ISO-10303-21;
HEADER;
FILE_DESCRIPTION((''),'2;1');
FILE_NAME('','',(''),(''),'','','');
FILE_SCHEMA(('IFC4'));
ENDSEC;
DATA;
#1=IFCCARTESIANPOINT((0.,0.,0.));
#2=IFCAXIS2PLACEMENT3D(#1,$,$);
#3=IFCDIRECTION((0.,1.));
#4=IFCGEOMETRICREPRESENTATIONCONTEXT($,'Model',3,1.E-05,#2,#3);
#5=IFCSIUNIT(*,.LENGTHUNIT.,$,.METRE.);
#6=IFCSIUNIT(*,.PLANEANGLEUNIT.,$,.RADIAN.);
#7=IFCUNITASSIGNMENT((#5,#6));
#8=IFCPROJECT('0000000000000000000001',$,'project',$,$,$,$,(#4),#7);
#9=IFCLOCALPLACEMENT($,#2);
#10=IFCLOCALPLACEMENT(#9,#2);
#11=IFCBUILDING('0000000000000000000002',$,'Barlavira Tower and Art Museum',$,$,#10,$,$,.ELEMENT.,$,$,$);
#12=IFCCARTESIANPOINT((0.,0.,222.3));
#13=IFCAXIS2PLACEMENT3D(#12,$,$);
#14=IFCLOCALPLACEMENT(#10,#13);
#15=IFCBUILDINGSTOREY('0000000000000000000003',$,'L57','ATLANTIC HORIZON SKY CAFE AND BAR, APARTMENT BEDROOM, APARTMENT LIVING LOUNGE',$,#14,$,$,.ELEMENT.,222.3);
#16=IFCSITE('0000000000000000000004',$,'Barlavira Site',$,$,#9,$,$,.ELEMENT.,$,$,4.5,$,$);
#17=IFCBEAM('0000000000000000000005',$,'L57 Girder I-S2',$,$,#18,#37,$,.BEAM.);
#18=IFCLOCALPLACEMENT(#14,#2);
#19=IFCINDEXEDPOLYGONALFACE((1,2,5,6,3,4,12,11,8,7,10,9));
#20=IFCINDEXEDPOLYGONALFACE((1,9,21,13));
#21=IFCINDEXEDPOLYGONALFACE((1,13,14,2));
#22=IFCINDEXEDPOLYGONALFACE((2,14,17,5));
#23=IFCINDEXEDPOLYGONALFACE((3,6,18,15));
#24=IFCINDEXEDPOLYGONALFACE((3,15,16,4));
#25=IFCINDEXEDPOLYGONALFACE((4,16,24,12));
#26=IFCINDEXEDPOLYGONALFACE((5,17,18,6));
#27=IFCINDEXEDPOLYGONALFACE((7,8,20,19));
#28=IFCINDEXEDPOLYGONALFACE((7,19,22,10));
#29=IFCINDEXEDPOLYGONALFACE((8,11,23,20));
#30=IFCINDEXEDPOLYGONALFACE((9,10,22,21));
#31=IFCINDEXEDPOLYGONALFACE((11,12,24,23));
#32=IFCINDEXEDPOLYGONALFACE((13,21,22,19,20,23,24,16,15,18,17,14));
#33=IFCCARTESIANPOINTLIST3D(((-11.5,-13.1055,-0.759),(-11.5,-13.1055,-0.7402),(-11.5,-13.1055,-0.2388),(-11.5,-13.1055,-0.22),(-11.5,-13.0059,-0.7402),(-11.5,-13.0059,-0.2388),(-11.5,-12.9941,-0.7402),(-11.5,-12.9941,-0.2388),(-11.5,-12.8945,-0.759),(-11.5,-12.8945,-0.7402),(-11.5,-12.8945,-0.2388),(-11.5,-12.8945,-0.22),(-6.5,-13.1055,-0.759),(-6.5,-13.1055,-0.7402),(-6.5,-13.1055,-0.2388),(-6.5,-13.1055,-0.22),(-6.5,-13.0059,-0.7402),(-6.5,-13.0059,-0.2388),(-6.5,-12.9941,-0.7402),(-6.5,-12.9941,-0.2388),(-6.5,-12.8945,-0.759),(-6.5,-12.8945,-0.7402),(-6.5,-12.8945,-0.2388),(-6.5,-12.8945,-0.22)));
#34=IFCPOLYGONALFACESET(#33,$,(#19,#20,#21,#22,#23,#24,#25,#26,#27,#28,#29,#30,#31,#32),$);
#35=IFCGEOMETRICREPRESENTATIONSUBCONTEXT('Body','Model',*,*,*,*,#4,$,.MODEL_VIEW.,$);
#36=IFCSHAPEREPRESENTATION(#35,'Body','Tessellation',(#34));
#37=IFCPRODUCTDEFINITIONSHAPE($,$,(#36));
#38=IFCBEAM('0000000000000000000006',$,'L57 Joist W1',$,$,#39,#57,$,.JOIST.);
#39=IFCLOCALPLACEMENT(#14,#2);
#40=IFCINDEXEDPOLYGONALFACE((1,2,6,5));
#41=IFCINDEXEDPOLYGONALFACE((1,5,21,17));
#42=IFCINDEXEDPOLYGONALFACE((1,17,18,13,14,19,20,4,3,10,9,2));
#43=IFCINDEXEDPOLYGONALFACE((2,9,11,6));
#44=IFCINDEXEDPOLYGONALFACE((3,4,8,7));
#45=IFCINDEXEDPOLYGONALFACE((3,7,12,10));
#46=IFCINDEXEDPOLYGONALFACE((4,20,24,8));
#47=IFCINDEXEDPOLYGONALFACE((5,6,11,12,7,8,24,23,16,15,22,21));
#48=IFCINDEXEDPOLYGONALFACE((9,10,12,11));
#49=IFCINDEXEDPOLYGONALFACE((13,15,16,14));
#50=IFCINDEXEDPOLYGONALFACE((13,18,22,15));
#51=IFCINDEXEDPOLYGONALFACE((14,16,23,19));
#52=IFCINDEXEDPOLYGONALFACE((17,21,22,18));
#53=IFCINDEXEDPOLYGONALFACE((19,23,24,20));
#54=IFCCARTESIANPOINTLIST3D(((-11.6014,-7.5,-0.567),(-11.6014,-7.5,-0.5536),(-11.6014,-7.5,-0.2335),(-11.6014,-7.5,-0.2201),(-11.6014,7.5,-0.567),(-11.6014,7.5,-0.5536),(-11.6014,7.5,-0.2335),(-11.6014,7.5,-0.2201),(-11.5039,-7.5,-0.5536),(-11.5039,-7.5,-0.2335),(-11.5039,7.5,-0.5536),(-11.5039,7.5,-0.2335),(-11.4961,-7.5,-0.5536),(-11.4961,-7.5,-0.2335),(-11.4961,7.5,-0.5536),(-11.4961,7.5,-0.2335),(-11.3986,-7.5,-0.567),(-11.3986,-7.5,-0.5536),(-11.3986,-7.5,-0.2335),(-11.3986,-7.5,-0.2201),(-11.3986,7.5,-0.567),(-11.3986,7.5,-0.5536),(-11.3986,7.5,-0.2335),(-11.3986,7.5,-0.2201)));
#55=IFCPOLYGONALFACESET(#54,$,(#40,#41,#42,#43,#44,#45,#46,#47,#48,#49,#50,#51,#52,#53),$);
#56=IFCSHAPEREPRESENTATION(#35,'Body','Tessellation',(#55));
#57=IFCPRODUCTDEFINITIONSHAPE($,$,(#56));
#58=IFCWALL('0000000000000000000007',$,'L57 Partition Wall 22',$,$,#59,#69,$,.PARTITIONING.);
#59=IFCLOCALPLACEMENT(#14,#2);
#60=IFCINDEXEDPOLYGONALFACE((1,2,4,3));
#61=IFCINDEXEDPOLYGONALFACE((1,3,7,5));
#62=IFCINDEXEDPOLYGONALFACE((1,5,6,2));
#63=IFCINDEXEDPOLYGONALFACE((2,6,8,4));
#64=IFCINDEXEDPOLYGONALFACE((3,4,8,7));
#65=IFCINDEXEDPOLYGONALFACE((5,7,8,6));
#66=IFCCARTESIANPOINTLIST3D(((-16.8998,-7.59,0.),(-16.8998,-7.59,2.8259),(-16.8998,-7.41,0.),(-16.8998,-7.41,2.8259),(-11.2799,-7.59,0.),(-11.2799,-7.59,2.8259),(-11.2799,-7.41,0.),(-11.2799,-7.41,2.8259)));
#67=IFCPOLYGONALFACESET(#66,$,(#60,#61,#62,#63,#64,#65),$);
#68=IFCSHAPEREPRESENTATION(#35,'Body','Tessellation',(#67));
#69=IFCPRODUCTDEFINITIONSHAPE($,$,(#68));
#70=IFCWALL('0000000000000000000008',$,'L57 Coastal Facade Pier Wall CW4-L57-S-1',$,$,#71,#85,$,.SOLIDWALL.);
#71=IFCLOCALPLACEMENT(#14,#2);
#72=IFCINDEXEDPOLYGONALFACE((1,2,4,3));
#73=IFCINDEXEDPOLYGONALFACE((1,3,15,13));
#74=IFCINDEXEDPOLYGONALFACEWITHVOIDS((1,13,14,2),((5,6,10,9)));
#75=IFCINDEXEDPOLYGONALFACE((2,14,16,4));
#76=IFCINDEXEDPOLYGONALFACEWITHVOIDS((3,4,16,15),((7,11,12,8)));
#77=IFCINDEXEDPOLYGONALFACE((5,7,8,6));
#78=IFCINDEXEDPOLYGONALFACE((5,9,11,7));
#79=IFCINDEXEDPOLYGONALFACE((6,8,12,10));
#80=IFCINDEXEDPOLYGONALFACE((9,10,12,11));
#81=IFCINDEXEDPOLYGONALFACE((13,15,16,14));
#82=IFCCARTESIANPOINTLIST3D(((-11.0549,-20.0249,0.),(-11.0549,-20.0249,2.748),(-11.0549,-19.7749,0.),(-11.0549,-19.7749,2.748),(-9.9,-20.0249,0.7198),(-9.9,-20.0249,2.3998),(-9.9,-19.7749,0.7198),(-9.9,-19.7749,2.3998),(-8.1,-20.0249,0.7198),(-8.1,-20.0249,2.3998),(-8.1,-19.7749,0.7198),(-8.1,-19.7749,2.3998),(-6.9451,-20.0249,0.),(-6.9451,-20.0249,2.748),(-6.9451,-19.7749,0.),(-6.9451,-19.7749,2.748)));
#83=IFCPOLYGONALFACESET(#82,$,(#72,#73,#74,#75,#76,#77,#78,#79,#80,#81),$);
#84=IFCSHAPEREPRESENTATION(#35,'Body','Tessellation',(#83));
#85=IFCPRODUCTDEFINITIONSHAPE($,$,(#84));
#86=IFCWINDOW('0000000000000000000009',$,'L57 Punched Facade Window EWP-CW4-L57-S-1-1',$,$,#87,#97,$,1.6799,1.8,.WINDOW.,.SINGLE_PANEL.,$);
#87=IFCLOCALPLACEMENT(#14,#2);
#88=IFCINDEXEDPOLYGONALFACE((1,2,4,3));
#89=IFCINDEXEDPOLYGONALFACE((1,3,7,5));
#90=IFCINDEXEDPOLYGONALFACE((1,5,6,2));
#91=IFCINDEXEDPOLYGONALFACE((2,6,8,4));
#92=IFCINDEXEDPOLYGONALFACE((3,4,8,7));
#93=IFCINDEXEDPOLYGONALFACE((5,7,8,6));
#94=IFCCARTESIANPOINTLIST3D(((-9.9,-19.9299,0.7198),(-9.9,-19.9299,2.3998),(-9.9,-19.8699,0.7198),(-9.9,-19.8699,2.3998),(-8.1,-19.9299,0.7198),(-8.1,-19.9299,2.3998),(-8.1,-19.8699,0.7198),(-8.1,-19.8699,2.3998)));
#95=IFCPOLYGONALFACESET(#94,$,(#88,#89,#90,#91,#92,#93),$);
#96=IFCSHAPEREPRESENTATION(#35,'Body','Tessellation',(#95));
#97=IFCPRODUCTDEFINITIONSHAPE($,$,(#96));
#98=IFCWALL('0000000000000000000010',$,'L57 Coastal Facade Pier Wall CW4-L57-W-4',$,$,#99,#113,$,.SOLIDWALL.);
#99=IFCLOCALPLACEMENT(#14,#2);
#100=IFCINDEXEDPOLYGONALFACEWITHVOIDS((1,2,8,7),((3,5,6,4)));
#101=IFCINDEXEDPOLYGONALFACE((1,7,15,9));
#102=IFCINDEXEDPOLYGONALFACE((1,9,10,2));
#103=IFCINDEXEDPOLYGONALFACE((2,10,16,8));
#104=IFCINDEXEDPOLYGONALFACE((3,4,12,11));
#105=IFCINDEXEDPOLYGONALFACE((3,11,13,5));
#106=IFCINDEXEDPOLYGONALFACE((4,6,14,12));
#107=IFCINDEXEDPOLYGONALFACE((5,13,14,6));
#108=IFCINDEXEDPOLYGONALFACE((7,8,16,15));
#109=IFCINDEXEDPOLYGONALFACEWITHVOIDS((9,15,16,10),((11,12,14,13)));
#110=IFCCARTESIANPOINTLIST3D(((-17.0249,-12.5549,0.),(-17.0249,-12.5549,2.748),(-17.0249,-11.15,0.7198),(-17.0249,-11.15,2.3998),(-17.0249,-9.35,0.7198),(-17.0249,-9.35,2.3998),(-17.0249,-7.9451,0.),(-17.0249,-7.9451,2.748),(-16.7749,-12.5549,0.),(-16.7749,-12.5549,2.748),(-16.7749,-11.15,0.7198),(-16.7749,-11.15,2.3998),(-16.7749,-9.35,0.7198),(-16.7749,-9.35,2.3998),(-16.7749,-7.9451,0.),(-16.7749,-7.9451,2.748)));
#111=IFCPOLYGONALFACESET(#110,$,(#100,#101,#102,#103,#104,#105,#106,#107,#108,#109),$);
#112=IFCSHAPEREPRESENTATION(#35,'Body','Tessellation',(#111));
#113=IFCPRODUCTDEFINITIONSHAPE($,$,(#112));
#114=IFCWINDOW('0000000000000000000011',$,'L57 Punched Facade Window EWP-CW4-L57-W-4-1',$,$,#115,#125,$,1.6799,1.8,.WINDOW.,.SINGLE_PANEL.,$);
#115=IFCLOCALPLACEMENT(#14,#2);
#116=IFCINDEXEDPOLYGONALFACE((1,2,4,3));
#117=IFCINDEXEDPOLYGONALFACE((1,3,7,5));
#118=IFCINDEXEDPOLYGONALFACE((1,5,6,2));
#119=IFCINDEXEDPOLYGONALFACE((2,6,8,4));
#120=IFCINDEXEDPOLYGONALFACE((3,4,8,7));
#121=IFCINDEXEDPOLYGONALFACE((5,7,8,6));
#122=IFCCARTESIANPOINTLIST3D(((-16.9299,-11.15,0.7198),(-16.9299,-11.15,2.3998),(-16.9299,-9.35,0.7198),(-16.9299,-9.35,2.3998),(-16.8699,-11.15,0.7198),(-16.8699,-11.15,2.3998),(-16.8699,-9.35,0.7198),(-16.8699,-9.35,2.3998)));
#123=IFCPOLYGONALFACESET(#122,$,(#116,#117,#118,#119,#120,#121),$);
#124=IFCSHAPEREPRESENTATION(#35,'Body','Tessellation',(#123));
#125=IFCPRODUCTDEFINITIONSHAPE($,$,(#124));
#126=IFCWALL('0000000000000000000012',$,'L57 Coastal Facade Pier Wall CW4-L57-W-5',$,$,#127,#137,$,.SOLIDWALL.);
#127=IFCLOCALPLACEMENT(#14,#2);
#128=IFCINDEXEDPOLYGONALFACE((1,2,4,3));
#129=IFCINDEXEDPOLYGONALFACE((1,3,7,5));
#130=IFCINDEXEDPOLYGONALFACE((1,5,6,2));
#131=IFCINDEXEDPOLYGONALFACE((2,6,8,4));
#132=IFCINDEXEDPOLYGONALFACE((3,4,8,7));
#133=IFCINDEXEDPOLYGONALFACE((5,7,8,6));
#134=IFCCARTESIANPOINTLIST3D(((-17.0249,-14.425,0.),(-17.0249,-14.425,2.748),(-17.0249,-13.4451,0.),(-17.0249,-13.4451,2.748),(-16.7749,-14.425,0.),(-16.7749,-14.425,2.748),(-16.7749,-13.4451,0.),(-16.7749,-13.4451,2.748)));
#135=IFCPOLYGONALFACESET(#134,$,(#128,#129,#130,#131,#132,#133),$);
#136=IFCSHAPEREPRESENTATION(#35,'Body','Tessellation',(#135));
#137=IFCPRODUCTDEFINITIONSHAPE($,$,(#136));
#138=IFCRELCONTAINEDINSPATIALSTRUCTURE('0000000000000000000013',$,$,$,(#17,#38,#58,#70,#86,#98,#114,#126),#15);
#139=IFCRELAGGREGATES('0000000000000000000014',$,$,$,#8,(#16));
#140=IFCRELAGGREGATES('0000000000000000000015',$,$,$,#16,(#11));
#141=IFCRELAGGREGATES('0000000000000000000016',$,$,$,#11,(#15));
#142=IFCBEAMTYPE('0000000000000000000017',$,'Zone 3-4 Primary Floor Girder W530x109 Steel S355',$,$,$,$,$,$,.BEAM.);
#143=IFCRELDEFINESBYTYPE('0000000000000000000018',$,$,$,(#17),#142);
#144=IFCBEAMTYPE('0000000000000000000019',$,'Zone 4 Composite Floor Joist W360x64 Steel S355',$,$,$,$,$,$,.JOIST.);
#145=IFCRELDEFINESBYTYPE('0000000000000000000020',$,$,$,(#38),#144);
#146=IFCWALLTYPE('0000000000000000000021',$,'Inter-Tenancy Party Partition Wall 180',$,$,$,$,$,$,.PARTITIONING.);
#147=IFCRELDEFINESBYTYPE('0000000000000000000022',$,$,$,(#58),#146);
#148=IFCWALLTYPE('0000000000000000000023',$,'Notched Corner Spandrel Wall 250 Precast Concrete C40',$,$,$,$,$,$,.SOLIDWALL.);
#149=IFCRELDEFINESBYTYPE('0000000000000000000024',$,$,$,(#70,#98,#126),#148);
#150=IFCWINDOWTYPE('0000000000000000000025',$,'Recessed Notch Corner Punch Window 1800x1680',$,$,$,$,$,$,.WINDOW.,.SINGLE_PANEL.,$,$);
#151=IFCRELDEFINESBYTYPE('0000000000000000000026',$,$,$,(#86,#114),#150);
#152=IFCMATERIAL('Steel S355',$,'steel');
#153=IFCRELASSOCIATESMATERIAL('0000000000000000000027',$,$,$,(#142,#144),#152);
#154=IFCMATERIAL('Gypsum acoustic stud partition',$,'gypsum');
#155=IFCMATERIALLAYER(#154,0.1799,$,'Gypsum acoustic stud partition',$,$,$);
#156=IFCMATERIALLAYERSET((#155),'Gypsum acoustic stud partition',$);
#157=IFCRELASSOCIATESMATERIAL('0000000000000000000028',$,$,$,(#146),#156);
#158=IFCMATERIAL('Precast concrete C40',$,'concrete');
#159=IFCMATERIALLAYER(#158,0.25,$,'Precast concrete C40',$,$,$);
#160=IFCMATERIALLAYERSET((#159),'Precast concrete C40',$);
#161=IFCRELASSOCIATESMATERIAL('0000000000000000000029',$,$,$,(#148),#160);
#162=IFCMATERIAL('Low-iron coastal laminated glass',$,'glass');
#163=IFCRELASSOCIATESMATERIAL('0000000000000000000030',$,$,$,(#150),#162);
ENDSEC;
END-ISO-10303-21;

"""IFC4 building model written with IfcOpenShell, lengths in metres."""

from ifc_helpers import new_model, si_unit, direction, frame, frame_2d, origin, origin_2d, place, context, subcontext, project, spatial, rectangle, i_section, extrude, material, layer, layer_set, material_profile, profile_set, type_object, element, fill, save


model = new_model("IFC4")

# Units and contexts
model_context = context("Model", 3, precision=1e-05, world=origin(), true_north=direction((0.0, 1.0)))
body_context = subcontext(model_context, "Body", "Model", "MODEL_VIEW")
ifc_project = project(units=[si_unit("LENGTHUNIT", "METRE"), si_unit("PLANEANGLEUNIT", "RADIAN")], contexts=[model_context])

# Site, building, storey
site_placement = place(None, origin())
site = spatial("IfcSite", under=ifc_project, at=site_placement, Name="Barlavira Site", CompositionType="ELEMENT", RefElevation=4.5)
building_placement = place(site_placement, origin())
building = spatial("IfcBuilding", under=site, at=building_placement, Name="Barlavira Tower and Art Museum", CompositionType="ELEMENT")
storey_placement = place(building_placement, frame((0.0, 0.0, 222.3)))
storey = spatial("IfcBuildingStorey", under=building, at=storey_placement, Name="L57", Description="ATLANTIC HORIZON SKY CAFE AND BAR, APARTMENT BEDROOM, APARTMENT LIVING LOUNGE", CompositionType="ELEMENT", Elevation=222.3)

# Beams
ifc_material_1 = material(Name="Steel S355", Category="steel")
ifc_material_profile_1 = material_profile(ifc_material_1, i_section(OverallWidth=0.2109, OverallDepth=0.5391, WebThickness=0.0117, FlangeThickness=0.0188, at=origin_2d()), Name="W530x109.0")
ifc_profile_set_1 = profile_set([ifc_material_profile_1], Name="Steel S355")
beam_type_1 = type_object("IfcBeamType", Name="Zone 3-4 Primary Floor Girder W530x109 Steel S355", PredefinedType="BEAM", material=ifc_profile_set_1)
beam_1_placement = place(storey_placement, frame((-11.5, -13.0, -0.4895), z_axis=(1.0, 0.0, 0.0), x_axis=(0.0, 1.0, 0.0)))
element("IfcBeam", 1, at=beam_1_placement, inside=storey, type_object=beam_type_1, Name="L57 Girder I-S2", PredefinedType="BEAM", context=body_context, shape_type="SweptSolid", body=[
    extrude(i_section(OverallWidth=0.2109, OverallDepth=0.5391, WebThickness=0.0117, FlangeThickness=0.0188, at=origin_2d()), origin(), (0.0, 0.0, 1.0), 5.0),
])
ifc_material_profile_2 = material_profile(ifc_material_1, i_section(OverallWidth=0.2029, OverallDepth=0.3469, WebThickness=0.0078, FlangeThickness=0.0134, at=origin_2d()), Name="W360x64.0")
ifc_profile_set_2 = profile_set([ifc_material_profile_2], Name="Steel S355")
beam_type_2 = type_object("IfcBeamType", Name="Zone 4 Composite Floor Joist W360x64 Steel S355", PredefinedType="JOIST", material=ifc_profile_set_2)
beam_2_placement = place(storey_placement, frame((-11.5, -7.5, -0.3936), z_axis=(0.0, 1.0, 0.0), x_axis=(-1.0, 0.0, 0.0)))
element("IfcBeam", 2, at=beam_2_placement, inside=storey, type_object=beam_type_2, Name="L57 Joist W1", PredefinedType="JOIST", context=body_context, shape_type="SweptSolid", body=[
    extrude(i_section(OverallWidth=0.2029, OverallDepth=0.3469, WebThickness=0.0078, FlangeThickness=0.0134, at=origin_2d()), origin(), (0.0, 0.0, 1.0), 15.0),
])

# Wall
ifc_material_2 = material(Name="Gypsum acoustic stud partition", Category="gypsum")
ifc_layer_1 = layer(ifc_material_2, 0.1799, Name="Gypsum acoustic stud partition")
ifc_layer_set_1 = layer_set([ifc_layer_1], Name="Gypsum acoustic stud partition")
wall_type_1 = type_object("IfcWallType", Name="Inter-Tenancy Party Partition Wall 180", PredefinedType="PARTITIONING", material=ifc_layer_set_1)
wall_1_placement = place(storey_placement, frame((-16.8999, -7.5, 0.0), z_axis=(0.0, 0.0, 1.0), x_axis=(1.0, 0.0, 0.0)))
element("IfcWall", 3, at=wall_1_placement, inside=storey, type_object=wall_type_1, Name="L57 Partition Wall 22", PredefinedType="PARTITIONING", context=body_context, shape_type="SweptSolid", body=[
    extrude(rectangle(XDim=5.6199, YDim=0.1799, at=frame_2d((2.8101, 0.0))), origin(), (0.0, 0.0, 1.0), 2.8259),
])

# Walls, openings, windows
ifc_material_3 = material(Name="Precast concrete C40", Category="concrete")
ifc_layer_2 = layer(ifc_material_3, 0.25, Name="Precast concrete C40")
ifc_layer_set_2 = layer_set([ifc_layer_2], Name="Precast concrete C40")
wall_type_2 = type_object("IfcWallType", Name="Notched Corner Spandrel Wall 250 Precast Concrete C40", PredefinedType="SOLIDWALL", material=ifc_layer_set_2)
wall_2_placement = place(storey_placement, frame((-11.0549, -19.8999, 0.0), z_axis=(0.0, 0.0, 1.0), x_axis=(1.0, 0.0, 0.0)))
wall_2 = element("IfcWall", 4, at=wall_2_placement, inside=storey, type_object=wall_type_2, Name="L57 Coastal Facade Pier Wall CW4-L57-S-1", PredefinedType="SOLIDWALL", context=body_context, shape_type="SweptSolid", body=[
    extrude(rectangle(XDim=4.1099, YDim=0.25, at=frame_2d((2.0549, 0.0))), origin(), (0.0, 0.0, 1.0), 2.748),
])
opening_1_placement = place(wall_2_placement, frame((1.155, 0.0, 0.72)))
opening_1 = element("IfcOpeningElement", 5, at=opening_1_placement, cuts=wall_2, PredefinedType="OPENING", context=body_context, shape_type="SweptSolid", body=[
    extrude(rectangle(XDim=1.8, YDim=1.6799, at=frame_2d((0.8999, 0.8398))), frame((0.0, 0.135, 0.0), z_axis=(0.0, -1.0, 0.0), x_axis=(1.0, 0.0, 0.0)), (0.0, 0.0, 1.0), 0.27),
])
ifc_material_4 = material(Name="Low-iron coastal laminated glass", Category="glass")
window_type = type_object("IfcWindowType", Name="Recessed Notch Corner Punch Window 1800x1680", PartitioningType="SINGLE_PANEL", PredefinedType="WINDOW", material=ifc_material_4)
window_1_placement = place(opening_1_placement, origin())
window_1 = element("IfcWindow", 6, at=window_1_placement, inside=storey, type_object=window_type, Name="L57 Punched Facade Window EWP-CW4-L57-S-1-1", OverallHeight=1.6799, OverallWidth=1.8, PartitioningType="SINGLE_PANEL", PredefinedType="WINDOW", context=body_context, shape_type="SweptSolid", body=[
    extrude(rectangle(XDim=1.8, YDim=1.6799, at=frame_2d((0.8999, 0.8398))), frame((0.0, 0.03, 0.0), z_axis=(0.0, -1.0, 0.0), x_axis=(1.0, 0.0, 0.0)), (0.0, 0.0, 1.0), 0.0601),
])
fill(opening_1, window_1)
wall_3_placement = place(storey_placement, frame((-16.8999, -7.9451, 0.0), z_axis=(0.0, 0.0, 1.0), x_axis=(0.0, -1.0, 0.0)))
wall_3 = element("IfcWall", 7, at=wall_3_placement, inside=storey, type_object=wall_type_2, Name="L57 Coastal Facade Pier Wall CW4-L57-W-4", PredefinedType="SOLIDWALL", context=body_context, shape_type="SweptSolid", body=[
    extrude(rectangle(XDim=4.6099, YDim=0.25, at=frame_2d((2.3049, 0.0))), origin(), (0.0, 0.0, 1.0), 2.748),
])
opening_2_placement = place(wall_3_placement, frame((1.405, 0.0, 0.72)))
opening_2 = element("IfcOpeningElement", 8, at=opening_2_placement, cuts=wall_3, PredefinedType="OPENING", context=body_context, shape_type="SweptSolid", body=[
    extrude(rectangle(XDim=1.8, YDim=1.6799, at=frame_2d((0.8999, 0.8398))), frame((0.0, 0.135, 0.0), z_axis=(0.0, -1.0, 0.0), x_axis=(1.0, 0.0, 0.0)), (0.0, 0.0, 1.0), 0.27),
])
window_2_placement = place(opening_2_placement, origin())
window_2 = element("IfcWindow", 9, at=window_2_placement, inside=storey, type_object=window_type, Name="L57 Punched Facade Window EWP-CW4-L57-W-4-1", OverallHeight=1.6799, OverallWidth=1.8, PartitioningType="SINGLE_PANEL", PredefinedType="WINDOW", context=body_context, shape_type="SweptSolid", body=[
    extrude(rectangle(XDim=1.8, YDim=1.6799, at=frame_2d((0.8999, 0.8398))), frame((0.0, 0.03, 0.0), z_axis=(0.0, -1.0, 0.0), x_axis=(1.0, 0.0, 0.0)), (0.0, 0.0, 1.0), 0.0601),
])
fill(opening_2, window_2)

# Wall
wall_4_placement = place(storey_placement, frame((-16.8999, -13.4451, 0.0), z_axis=(0.0, 0.0, 1.0), x_axis=(0.0, -1.0, 0.0)))
element("IfcWall", 10, at=wall_4_placement, inside=storey, type_object=wall_type_2, Name="L57 Coastal Facade Pier Wall CW4-L57-W-5", PredefinedType="SOLIDWALL", context=body_context, shape_type="SweptSolid", body=[
    extrude(rectangle(XDim=0.98, YDim=0.25, at=frame_2d((0.49, 0.0))), origin(), (0.0, 0.0, 1.0), 2.748),
])

save(model, "model.ifc")
